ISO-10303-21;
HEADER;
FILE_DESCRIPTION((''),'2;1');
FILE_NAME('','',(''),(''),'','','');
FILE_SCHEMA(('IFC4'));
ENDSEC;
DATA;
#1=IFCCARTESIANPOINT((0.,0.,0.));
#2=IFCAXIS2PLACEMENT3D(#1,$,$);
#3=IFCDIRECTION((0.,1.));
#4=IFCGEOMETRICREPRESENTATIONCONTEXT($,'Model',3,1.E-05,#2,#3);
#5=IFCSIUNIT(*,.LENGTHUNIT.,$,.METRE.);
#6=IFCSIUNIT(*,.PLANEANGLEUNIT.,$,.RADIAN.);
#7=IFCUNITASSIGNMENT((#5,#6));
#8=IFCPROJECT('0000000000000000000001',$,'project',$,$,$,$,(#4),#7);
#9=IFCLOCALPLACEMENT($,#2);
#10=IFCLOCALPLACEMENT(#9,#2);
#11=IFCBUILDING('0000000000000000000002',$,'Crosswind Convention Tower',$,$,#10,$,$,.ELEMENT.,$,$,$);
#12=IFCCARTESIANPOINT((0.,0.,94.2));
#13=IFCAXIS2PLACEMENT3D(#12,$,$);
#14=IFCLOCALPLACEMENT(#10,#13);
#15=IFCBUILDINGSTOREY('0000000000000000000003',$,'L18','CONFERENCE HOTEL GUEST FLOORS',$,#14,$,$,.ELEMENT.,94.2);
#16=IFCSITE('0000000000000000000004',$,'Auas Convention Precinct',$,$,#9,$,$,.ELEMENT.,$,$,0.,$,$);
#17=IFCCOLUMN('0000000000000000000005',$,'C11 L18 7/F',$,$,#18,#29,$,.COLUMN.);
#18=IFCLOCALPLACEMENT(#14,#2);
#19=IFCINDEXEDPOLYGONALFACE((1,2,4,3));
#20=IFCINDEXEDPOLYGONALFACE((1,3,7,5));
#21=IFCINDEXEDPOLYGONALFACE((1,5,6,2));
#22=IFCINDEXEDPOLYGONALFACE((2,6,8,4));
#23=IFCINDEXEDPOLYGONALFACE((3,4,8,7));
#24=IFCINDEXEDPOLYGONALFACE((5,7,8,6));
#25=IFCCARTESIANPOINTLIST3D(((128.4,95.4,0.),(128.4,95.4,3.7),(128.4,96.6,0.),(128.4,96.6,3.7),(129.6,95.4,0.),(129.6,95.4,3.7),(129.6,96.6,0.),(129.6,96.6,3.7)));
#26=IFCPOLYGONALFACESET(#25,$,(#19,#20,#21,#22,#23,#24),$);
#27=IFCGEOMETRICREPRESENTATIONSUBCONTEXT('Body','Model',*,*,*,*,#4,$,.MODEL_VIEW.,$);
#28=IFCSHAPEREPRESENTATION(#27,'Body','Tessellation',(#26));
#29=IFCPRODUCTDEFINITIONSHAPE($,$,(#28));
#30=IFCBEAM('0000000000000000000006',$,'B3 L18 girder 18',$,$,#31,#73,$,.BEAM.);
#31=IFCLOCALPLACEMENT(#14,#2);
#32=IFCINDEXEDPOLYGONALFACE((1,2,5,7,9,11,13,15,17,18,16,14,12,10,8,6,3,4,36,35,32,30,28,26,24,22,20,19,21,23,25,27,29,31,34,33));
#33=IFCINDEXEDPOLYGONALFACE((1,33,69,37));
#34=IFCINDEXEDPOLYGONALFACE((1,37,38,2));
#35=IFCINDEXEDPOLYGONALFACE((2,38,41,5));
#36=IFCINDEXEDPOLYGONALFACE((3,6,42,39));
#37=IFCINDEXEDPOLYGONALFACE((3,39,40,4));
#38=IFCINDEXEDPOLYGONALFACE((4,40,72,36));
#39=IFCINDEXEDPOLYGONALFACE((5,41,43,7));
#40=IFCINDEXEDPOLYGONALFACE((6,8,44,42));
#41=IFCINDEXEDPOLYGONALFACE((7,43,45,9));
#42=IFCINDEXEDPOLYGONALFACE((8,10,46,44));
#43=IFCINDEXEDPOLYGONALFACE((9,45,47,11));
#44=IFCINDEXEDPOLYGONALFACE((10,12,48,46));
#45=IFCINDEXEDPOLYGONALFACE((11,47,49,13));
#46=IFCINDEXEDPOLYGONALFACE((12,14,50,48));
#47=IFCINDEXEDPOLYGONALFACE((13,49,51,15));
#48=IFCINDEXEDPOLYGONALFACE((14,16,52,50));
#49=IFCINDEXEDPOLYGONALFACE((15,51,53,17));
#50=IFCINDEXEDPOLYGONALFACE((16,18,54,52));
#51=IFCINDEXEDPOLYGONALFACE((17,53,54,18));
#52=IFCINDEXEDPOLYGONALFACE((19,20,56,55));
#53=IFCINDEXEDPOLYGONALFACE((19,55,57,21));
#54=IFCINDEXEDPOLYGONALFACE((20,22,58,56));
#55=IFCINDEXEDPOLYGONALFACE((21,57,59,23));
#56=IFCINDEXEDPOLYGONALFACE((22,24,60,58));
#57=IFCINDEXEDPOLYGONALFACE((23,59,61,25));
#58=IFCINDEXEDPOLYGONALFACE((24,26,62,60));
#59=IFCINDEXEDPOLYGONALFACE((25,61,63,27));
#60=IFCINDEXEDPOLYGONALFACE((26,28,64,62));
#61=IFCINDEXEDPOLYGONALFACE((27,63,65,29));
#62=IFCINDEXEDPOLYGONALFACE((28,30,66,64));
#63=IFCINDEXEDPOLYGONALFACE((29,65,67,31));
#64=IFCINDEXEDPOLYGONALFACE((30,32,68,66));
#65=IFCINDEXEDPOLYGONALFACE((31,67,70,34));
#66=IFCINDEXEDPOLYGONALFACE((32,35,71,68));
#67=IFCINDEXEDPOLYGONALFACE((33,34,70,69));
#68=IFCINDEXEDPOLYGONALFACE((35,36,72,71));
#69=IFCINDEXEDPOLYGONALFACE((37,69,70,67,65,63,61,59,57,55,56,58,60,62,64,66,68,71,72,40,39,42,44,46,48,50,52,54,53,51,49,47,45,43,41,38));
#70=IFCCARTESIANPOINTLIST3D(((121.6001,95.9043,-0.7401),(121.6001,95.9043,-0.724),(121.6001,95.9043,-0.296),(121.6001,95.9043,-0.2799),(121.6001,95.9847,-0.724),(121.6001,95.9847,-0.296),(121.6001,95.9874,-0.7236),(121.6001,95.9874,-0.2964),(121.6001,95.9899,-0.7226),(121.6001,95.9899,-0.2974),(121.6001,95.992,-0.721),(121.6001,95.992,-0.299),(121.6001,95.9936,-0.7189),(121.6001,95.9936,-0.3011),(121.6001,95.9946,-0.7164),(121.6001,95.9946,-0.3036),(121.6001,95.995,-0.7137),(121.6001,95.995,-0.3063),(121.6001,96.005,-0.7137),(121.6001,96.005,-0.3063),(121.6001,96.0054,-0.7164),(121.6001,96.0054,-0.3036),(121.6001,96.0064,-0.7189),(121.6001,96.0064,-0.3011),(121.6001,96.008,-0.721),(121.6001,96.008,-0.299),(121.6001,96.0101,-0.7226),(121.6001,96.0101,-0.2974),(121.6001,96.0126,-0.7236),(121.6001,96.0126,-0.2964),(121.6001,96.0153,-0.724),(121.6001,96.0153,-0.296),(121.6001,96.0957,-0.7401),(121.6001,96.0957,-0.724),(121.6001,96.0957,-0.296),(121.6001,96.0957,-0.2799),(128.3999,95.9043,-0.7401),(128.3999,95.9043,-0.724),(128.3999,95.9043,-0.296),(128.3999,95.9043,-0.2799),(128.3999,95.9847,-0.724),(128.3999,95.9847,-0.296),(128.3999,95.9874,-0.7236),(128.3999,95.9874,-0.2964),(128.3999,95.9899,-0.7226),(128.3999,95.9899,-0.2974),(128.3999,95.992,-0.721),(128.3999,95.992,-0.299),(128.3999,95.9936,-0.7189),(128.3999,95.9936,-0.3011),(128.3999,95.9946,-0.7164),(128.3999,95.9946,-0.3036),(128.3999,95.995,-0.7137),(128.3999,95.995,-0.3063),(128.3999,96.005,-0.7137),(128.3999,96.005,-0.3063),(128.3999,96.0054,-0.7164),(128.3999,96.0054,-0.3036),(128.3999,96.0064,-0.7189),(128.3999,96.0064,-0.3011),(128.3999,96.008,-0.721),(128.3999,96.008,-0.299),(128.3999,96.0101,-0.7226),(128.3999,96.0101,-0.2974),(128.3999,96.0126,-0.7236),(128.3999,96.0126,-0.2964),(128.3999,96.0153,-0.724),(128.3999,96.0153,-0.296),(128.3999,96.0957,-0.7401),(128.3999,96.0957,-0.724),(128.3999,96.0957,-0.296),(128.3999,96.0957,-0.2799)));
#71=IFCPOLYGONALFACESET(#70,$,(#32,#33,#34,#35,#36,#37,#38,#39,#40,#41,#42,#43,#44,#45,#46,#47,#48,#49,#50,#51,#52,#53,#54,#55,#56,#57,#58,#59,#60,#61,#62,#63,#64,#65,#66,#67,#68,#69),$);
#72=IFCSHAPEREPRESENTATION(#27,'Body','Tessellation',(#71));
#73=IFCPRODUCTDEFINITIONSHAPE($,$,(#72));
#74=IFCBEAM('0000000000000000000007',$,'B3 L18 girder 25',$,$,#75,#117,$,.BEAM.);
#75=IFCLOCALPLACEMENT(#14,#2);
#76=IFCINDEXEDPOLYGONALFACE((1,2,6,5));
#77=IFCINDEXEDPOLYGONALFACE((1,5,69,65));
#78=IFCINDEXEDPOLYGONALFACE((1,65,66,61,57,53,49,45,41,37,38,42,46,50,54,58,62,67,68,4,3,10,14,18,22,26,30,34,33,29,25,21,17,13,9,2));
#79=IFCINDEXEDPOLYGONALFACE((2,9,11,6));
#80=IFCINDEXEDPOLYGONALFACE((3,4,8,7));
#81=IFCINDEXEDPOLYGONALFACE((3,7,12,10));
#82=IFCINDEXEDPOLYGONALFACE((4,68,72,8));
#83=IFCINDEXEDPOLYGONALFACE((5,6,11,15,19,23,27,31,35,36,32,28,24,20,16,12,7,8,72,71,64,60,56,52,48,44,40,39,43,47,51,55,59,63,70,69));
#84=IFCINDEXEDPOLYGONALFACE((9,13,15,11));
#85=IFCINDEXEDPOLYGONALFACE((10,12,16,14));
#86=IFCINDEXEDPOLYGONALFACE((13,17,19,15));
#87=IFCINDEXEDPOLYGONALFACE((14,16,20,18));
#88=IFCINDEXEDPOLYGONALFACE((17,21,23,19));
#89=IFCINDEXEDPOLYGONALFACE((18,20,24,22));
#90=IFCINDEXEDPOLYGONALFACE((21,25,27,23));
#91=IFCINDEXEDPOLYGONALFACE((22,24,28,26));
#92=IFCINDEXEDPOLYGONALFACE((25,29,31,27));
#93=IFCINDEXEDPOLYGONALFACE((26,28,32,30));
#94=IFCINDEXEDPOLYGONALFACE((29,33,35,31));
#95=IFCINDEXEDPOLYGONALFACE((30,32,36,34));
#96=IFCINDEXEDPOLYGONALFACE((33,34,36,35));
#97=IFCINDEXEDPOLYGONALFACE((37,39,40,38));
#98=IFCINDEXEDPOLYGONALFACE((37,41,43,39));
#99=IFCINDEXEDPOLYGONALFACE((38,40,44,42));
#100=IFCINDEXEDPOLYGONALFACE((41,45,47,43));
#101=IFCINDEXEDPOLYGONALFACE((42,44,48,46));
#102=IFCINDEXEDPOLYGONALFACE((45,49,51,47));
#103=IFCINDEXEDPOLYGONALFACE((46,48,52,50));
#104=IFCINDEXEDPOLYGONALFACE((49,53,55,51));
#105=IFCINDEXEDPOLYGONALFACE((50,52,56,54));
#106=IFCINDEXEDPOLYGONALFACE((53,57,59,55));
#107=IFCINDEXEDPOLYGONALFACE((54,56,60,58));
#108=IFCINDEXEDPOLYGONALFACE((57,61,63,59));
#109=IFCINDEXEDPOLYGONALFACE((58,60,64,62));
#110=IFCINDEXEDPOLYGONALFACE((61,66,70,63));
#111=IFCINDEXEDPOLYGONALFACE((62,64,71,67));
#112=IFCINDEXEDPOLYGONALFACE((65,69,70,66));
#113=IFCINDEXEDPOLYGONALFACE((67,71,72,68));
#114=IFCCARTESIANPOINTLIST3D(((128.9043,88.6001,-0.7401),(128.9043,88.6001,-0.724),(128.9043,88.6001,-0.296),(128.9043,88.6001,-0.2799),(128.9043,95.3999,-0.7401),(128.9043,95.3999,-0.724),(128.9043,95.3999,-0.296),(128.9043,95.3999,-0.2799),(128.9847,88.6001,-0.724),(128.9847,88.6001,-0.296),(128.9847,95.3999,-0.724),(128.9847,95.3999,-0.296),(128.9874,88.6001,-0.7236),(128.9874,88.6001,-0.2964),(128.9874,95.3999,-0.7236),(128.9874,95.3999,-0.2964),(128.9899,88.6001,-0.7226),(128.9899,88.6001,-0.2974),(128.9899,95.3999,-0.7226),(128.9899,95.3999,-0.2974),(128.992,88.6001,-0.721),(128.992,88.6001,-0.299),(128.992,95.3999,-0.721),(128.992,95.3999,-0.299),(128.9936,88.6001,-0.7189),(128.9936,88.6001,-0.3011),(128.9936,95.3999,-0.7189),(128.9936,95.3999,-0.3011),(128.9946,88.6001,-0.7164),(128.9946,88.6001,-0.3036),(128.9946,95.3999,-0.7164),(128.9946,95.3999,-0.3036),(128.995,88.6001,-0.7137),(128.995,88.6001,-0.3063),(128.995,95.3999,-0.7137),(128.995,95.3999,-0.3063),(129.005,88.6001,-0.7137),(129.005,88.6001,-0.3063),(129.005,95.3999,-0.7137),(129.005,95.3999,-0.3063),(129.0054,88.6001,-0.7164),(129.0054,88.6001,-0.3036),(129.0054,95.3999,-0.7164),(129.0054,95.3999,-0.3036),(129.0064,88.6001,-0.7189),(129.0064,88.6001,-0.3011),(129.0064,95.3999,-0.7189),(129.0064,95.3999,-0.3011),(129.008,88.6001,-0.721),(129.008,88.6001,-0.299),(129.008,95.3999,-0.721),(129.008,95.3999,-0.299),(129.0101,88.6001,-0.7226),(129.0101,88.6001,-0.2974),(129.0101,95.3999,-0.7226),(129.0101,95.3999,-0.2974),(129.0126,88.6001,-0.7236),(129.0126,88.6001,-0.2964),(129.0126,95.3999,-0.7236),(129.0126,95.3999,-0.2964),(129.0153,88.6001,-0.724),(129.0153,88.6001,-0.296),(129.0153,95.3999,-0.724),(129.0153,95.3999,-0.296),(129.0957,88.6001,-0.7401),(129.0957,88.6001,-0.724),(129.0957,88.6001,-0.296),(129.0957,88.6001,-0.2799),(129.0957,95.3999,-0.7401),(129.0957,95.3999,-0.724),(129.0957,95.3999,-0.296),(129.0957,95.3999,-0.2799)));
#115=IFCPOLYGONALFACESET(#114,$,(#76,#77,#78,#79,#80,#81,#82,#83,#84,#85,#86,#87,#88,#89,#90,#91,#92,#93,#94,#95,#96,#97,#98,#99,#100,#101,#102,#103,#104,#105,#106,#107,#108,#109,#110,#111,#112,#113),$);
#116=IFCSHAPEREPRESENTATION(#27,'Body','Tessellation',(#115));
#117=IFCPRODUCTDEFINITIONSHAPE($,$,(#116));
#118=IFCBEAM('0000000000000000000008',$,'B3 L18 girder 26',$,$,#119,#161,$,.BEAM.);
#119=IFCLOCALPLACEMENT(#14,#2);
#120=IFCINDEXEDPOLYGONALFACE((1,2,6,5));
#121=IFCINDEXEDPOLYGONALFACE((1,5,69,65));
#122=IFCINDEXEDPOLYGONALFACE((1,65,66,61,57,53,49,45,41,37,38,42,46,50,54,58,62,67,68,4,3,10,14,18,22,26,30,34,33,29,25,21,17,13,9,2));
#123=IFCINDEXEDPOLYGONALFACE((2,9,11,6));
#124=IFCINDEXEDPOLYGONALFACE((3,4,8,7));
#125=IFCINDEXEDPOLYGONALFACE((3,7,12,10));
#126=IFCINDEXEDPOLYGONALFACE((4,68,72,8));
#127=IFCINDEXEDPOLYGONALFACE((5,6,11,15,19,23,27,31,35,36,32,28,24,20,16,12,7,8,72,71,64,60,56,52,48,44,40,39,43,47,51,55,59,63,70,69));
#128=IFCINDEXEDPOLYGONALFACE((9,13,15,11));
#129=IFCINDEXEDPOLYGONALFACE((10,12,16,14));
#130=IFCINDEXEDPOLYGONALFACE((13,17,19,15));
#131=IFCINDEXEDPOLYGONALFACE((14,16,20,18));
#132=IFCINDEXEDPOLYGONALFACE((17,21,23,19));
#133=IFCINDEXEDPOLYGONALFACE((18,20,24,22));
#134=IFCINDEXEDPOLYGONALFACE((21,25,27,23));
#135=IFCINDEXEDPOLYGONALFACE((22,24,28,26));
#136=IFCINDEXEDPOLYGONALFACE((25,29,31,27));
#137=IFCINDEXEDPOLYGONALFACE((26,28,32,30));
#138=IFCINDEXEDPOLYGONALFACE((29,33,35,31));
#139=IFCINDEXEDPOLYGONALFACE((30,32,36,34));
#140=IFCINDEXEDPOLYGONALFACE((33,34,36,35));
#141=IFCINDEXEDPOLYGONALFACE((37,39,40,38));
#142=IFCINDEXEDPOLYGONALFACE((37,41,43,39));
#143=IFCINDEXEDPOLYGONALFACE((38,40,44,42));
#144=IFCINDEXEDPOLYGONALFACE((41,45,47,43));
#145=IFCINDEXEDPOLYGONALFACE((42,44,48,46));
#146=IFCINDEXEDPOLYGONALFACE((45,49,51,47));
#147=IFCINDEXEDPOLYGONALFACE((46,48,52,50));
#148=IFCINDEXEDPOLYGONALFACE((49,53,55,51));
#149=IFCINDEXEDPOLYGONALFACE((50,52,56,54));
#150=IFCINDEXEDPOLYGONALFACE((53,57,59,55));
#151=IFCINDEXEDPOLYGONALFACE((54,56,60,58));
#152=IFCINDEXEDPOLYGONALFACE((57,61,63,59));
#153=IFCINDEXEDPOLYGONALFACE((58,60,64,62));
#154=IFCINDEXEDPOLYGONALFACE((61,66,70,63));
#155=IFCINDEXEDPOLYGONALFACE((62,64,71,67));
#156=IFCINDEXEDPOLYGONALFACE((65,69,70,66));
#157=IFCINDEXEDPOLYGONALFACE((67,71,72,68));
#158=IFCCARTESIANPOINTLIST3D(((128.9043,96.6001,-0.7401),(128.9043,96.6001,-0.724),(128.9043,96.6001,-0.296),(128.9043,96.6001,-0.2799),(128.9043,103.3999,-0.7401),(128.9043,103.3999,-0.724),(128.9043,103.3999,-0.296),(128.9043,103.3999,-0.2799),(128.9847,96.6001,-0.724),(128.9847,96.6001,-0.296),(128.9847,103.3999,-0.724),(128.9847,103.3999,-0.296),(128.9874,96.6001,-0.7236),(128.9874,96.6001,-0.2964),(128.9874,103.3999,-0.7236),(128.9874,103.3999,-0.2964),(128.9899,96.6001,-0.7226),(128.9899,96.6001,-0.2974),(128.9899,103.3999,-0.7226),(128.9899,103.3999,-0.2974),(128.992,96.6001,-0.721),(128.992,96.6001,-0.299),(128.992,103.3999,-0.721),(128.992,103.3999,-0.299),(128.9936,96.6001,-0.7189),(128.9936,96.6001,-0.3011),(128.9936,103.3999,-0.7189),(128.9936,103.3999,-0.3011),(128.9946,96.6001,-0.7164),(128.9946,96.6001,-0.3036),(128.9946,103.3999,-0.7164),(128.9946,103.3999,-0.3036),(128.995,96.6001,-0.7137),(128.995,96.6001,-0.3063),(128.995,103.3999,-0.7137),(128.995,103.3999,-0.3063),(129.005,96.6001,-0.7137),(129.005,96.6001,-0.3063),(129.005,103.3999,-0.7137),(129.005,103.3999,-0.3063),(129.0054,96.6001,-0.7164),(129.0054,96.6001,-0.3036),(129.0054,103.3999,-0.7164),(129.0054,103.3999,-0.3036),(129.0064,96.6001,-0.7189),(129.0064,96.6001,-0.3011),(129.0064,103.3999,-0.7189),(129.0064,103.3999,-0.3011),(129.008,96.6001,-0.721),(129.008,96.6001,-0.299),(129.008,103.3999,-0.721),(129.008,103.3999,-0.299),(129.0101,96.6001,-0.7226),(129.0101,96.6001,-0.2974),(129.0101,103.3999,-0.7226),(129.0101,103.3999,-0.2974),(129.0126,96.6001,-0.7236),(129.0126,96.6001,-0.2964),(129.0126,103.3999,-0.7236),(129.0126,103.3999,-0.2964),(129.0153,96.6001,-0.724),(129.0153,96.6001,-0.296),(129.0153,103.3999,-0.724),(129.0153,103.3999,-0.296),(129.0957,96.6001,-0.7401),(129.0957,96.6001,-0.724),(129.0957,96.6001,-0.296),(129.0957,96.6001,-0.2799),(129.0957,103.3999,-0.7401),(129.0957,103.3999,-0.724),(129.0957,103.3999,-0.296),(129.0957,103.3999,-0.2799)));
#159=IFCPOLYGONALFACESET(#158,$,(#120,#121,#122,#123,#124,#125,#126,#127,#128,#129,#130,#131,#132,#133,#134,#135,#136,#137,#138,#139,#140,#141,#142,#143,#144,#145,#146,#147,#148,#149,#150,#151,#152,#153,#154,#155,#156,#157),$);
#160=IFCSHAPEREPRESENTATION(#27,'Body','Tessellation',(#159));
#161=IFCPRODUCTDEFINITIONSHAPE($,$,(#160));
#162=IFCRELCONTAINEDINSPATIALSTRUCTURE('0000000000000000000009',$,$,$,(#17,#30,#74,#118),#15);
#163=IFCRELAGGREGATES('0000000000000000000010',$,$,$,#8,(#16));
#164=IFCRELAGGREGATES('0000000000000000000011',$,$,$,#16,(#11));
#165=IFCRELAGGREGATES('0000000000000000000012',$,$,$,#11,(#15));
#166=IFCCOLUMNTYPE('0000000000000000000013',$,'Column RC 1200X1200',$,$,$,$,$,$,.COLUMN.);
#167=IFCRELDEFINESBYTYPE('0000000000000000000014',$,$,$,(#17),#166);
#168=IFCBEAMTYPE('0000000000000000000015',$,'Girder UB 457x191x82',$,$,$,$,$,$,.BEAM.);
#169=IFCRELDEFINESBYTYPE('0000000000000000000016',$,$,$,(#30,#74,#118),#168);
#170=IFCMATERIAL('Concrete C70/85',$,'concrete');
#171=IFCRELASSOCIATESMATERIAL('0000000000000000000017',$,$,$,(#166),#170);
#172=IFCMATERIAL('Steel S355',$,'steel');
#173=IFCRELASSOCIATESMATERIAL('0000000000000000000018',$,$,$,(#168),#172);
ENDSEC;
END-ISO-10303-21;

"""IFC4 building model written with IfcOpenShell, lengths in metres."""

from ifc_helpers import new_model, si_unit, direction, frame, origin, origin_2d, place, context, subcontext, project, spatial, rectangle, i_section, extrude, material, material_profile, profile_set, type_object, element, save


model = new_model("IFC4")

# Units and contexts
model_context = context("Model", 3, precision=1e-05, world=origin(), true_north=direction((0.0, 1.0)))
body_context = subcontext(model_context, "Body", "Model", "MODEL_VIEW")
ifc_project = project(units=[si_unit("LENGTHUNIT", "METRE"), si_unit("PLANEANGLEUNIT", "RADIAN")], contexts=[model_context])

# Site, building, storey
site_placement = place(None, origin())
site = spatial("IfcSite", under=ifc_project, at=site_placement, Name="Auas Convention Precinct", CompositionType="ELEMENT", RefElevation=0.0)
building_placement = place(site_placement, origin())
building = spatial("IfcBuilding", under=site, at=building_placement, Name="Crosswind Convention Tower", CompositionType="ELEMENT")
storey_placement = place(building_placement, frame((0.0, 0.0, 94.2)))
storey = spatial("IfcBuildingStorey", under=building, at=storey_placement, Name="L18", Description="CONFERENCE HOTEL GUEST FLOORS", CompositionType="ELEMENT", Elevation=94.2)

# Column
ifc_material_1 = material(Name="Concrete C70/85", Category="concrete")
ifc_material_profile_1 = material_profile(ifc_material_1, rectangle(XDim=1.2, YDim=1.2, at=origin_2d()), Name="RC 1200X1200")
ifc_profile_set_1 = profile_set([ifc_material_profile_1], Name="Concrete C70/85")
column_type = type_object("IfcColumnType", Name="Column RC 1200X1200", PredefinedType="COLUMN", material=ifc_profile_set_1)
column_placement = place(storey_placement, frame((129.0, 96.0, 0.0), z_axis=(0.0, 0.0, 1.0), x_axis=(1.0, 0.0, 0.0)))
element("IfcColumn", 1, at=column_placement, inside=storey, type_object=column_type, Name="C11 L18 7/F", PredefinedType="COLUMN", context=body_context, shape_type="SweptSolid", body=[
    extrude(rectangle(XDim=1.2, YDim=1.2, at=origin_2d()), origin(), (0.0, 0.0, 1.0), 3.7),
])

# Beams
ifc_material_2 = material(Name="Steel S355", Category="steel")
ifc_material_profile_2 = material_profile(ifc_material_2, i_section(OverallWidth=0.1914, OverallDepth=0.4602, WebThickness=0.01, FlangeThickness=0.0161, FilletRadius=0.0103, at=origin_2d()), Name="UB 457x191x82")
ifc_profile_set_2 = profile_set([ifc_material_profile_2], Name="Steel S355")
beam_type_1 = type_object("IfcBeamType", Name="Girder UB 457x191x82", PredefinedType="BEAM", material=ifc_profile_set_2)
for number, where, z_axis, x_axis, name in (
    (2, (121.6001, 96.0, -0.51), (1.0, 0.0, 0.0), (0.0, 1.0, 0.0), "B3 L18 girder 18"),
    (3, (129.0, 88.6001, -0.51), (0.0, 1.0, 0.0), (-1.0, 0.0, 0.0), "B3 L18 girder 25"),
    (4, (129.0, 96.6001, -0.51), (0.0, 1.0, 0.0), (-1.0, 0.0, 0.0), "B3 L18 girder 26"),
):
    element("IfcBeam", number, at=place(storey_placement, frame(where, z_axis=z_axis, x_axis=x_axis)), inside=storey, type_object=beam_type_1, Name=name, PredefinedType="BEAM", context=body_context, shape_type="SweptSolid", body=[
        extrude(i_section(OverallWidth=0.1914, OverallDepth=0.4602, WebThickness=0.01, FlangeThickness=0.0161, FilletRadius=0.0103, at=origin_2d()), origin(), (0.0, 0.0, 1.0), 6.7998),
    ])

save(model, "model.ifc")
